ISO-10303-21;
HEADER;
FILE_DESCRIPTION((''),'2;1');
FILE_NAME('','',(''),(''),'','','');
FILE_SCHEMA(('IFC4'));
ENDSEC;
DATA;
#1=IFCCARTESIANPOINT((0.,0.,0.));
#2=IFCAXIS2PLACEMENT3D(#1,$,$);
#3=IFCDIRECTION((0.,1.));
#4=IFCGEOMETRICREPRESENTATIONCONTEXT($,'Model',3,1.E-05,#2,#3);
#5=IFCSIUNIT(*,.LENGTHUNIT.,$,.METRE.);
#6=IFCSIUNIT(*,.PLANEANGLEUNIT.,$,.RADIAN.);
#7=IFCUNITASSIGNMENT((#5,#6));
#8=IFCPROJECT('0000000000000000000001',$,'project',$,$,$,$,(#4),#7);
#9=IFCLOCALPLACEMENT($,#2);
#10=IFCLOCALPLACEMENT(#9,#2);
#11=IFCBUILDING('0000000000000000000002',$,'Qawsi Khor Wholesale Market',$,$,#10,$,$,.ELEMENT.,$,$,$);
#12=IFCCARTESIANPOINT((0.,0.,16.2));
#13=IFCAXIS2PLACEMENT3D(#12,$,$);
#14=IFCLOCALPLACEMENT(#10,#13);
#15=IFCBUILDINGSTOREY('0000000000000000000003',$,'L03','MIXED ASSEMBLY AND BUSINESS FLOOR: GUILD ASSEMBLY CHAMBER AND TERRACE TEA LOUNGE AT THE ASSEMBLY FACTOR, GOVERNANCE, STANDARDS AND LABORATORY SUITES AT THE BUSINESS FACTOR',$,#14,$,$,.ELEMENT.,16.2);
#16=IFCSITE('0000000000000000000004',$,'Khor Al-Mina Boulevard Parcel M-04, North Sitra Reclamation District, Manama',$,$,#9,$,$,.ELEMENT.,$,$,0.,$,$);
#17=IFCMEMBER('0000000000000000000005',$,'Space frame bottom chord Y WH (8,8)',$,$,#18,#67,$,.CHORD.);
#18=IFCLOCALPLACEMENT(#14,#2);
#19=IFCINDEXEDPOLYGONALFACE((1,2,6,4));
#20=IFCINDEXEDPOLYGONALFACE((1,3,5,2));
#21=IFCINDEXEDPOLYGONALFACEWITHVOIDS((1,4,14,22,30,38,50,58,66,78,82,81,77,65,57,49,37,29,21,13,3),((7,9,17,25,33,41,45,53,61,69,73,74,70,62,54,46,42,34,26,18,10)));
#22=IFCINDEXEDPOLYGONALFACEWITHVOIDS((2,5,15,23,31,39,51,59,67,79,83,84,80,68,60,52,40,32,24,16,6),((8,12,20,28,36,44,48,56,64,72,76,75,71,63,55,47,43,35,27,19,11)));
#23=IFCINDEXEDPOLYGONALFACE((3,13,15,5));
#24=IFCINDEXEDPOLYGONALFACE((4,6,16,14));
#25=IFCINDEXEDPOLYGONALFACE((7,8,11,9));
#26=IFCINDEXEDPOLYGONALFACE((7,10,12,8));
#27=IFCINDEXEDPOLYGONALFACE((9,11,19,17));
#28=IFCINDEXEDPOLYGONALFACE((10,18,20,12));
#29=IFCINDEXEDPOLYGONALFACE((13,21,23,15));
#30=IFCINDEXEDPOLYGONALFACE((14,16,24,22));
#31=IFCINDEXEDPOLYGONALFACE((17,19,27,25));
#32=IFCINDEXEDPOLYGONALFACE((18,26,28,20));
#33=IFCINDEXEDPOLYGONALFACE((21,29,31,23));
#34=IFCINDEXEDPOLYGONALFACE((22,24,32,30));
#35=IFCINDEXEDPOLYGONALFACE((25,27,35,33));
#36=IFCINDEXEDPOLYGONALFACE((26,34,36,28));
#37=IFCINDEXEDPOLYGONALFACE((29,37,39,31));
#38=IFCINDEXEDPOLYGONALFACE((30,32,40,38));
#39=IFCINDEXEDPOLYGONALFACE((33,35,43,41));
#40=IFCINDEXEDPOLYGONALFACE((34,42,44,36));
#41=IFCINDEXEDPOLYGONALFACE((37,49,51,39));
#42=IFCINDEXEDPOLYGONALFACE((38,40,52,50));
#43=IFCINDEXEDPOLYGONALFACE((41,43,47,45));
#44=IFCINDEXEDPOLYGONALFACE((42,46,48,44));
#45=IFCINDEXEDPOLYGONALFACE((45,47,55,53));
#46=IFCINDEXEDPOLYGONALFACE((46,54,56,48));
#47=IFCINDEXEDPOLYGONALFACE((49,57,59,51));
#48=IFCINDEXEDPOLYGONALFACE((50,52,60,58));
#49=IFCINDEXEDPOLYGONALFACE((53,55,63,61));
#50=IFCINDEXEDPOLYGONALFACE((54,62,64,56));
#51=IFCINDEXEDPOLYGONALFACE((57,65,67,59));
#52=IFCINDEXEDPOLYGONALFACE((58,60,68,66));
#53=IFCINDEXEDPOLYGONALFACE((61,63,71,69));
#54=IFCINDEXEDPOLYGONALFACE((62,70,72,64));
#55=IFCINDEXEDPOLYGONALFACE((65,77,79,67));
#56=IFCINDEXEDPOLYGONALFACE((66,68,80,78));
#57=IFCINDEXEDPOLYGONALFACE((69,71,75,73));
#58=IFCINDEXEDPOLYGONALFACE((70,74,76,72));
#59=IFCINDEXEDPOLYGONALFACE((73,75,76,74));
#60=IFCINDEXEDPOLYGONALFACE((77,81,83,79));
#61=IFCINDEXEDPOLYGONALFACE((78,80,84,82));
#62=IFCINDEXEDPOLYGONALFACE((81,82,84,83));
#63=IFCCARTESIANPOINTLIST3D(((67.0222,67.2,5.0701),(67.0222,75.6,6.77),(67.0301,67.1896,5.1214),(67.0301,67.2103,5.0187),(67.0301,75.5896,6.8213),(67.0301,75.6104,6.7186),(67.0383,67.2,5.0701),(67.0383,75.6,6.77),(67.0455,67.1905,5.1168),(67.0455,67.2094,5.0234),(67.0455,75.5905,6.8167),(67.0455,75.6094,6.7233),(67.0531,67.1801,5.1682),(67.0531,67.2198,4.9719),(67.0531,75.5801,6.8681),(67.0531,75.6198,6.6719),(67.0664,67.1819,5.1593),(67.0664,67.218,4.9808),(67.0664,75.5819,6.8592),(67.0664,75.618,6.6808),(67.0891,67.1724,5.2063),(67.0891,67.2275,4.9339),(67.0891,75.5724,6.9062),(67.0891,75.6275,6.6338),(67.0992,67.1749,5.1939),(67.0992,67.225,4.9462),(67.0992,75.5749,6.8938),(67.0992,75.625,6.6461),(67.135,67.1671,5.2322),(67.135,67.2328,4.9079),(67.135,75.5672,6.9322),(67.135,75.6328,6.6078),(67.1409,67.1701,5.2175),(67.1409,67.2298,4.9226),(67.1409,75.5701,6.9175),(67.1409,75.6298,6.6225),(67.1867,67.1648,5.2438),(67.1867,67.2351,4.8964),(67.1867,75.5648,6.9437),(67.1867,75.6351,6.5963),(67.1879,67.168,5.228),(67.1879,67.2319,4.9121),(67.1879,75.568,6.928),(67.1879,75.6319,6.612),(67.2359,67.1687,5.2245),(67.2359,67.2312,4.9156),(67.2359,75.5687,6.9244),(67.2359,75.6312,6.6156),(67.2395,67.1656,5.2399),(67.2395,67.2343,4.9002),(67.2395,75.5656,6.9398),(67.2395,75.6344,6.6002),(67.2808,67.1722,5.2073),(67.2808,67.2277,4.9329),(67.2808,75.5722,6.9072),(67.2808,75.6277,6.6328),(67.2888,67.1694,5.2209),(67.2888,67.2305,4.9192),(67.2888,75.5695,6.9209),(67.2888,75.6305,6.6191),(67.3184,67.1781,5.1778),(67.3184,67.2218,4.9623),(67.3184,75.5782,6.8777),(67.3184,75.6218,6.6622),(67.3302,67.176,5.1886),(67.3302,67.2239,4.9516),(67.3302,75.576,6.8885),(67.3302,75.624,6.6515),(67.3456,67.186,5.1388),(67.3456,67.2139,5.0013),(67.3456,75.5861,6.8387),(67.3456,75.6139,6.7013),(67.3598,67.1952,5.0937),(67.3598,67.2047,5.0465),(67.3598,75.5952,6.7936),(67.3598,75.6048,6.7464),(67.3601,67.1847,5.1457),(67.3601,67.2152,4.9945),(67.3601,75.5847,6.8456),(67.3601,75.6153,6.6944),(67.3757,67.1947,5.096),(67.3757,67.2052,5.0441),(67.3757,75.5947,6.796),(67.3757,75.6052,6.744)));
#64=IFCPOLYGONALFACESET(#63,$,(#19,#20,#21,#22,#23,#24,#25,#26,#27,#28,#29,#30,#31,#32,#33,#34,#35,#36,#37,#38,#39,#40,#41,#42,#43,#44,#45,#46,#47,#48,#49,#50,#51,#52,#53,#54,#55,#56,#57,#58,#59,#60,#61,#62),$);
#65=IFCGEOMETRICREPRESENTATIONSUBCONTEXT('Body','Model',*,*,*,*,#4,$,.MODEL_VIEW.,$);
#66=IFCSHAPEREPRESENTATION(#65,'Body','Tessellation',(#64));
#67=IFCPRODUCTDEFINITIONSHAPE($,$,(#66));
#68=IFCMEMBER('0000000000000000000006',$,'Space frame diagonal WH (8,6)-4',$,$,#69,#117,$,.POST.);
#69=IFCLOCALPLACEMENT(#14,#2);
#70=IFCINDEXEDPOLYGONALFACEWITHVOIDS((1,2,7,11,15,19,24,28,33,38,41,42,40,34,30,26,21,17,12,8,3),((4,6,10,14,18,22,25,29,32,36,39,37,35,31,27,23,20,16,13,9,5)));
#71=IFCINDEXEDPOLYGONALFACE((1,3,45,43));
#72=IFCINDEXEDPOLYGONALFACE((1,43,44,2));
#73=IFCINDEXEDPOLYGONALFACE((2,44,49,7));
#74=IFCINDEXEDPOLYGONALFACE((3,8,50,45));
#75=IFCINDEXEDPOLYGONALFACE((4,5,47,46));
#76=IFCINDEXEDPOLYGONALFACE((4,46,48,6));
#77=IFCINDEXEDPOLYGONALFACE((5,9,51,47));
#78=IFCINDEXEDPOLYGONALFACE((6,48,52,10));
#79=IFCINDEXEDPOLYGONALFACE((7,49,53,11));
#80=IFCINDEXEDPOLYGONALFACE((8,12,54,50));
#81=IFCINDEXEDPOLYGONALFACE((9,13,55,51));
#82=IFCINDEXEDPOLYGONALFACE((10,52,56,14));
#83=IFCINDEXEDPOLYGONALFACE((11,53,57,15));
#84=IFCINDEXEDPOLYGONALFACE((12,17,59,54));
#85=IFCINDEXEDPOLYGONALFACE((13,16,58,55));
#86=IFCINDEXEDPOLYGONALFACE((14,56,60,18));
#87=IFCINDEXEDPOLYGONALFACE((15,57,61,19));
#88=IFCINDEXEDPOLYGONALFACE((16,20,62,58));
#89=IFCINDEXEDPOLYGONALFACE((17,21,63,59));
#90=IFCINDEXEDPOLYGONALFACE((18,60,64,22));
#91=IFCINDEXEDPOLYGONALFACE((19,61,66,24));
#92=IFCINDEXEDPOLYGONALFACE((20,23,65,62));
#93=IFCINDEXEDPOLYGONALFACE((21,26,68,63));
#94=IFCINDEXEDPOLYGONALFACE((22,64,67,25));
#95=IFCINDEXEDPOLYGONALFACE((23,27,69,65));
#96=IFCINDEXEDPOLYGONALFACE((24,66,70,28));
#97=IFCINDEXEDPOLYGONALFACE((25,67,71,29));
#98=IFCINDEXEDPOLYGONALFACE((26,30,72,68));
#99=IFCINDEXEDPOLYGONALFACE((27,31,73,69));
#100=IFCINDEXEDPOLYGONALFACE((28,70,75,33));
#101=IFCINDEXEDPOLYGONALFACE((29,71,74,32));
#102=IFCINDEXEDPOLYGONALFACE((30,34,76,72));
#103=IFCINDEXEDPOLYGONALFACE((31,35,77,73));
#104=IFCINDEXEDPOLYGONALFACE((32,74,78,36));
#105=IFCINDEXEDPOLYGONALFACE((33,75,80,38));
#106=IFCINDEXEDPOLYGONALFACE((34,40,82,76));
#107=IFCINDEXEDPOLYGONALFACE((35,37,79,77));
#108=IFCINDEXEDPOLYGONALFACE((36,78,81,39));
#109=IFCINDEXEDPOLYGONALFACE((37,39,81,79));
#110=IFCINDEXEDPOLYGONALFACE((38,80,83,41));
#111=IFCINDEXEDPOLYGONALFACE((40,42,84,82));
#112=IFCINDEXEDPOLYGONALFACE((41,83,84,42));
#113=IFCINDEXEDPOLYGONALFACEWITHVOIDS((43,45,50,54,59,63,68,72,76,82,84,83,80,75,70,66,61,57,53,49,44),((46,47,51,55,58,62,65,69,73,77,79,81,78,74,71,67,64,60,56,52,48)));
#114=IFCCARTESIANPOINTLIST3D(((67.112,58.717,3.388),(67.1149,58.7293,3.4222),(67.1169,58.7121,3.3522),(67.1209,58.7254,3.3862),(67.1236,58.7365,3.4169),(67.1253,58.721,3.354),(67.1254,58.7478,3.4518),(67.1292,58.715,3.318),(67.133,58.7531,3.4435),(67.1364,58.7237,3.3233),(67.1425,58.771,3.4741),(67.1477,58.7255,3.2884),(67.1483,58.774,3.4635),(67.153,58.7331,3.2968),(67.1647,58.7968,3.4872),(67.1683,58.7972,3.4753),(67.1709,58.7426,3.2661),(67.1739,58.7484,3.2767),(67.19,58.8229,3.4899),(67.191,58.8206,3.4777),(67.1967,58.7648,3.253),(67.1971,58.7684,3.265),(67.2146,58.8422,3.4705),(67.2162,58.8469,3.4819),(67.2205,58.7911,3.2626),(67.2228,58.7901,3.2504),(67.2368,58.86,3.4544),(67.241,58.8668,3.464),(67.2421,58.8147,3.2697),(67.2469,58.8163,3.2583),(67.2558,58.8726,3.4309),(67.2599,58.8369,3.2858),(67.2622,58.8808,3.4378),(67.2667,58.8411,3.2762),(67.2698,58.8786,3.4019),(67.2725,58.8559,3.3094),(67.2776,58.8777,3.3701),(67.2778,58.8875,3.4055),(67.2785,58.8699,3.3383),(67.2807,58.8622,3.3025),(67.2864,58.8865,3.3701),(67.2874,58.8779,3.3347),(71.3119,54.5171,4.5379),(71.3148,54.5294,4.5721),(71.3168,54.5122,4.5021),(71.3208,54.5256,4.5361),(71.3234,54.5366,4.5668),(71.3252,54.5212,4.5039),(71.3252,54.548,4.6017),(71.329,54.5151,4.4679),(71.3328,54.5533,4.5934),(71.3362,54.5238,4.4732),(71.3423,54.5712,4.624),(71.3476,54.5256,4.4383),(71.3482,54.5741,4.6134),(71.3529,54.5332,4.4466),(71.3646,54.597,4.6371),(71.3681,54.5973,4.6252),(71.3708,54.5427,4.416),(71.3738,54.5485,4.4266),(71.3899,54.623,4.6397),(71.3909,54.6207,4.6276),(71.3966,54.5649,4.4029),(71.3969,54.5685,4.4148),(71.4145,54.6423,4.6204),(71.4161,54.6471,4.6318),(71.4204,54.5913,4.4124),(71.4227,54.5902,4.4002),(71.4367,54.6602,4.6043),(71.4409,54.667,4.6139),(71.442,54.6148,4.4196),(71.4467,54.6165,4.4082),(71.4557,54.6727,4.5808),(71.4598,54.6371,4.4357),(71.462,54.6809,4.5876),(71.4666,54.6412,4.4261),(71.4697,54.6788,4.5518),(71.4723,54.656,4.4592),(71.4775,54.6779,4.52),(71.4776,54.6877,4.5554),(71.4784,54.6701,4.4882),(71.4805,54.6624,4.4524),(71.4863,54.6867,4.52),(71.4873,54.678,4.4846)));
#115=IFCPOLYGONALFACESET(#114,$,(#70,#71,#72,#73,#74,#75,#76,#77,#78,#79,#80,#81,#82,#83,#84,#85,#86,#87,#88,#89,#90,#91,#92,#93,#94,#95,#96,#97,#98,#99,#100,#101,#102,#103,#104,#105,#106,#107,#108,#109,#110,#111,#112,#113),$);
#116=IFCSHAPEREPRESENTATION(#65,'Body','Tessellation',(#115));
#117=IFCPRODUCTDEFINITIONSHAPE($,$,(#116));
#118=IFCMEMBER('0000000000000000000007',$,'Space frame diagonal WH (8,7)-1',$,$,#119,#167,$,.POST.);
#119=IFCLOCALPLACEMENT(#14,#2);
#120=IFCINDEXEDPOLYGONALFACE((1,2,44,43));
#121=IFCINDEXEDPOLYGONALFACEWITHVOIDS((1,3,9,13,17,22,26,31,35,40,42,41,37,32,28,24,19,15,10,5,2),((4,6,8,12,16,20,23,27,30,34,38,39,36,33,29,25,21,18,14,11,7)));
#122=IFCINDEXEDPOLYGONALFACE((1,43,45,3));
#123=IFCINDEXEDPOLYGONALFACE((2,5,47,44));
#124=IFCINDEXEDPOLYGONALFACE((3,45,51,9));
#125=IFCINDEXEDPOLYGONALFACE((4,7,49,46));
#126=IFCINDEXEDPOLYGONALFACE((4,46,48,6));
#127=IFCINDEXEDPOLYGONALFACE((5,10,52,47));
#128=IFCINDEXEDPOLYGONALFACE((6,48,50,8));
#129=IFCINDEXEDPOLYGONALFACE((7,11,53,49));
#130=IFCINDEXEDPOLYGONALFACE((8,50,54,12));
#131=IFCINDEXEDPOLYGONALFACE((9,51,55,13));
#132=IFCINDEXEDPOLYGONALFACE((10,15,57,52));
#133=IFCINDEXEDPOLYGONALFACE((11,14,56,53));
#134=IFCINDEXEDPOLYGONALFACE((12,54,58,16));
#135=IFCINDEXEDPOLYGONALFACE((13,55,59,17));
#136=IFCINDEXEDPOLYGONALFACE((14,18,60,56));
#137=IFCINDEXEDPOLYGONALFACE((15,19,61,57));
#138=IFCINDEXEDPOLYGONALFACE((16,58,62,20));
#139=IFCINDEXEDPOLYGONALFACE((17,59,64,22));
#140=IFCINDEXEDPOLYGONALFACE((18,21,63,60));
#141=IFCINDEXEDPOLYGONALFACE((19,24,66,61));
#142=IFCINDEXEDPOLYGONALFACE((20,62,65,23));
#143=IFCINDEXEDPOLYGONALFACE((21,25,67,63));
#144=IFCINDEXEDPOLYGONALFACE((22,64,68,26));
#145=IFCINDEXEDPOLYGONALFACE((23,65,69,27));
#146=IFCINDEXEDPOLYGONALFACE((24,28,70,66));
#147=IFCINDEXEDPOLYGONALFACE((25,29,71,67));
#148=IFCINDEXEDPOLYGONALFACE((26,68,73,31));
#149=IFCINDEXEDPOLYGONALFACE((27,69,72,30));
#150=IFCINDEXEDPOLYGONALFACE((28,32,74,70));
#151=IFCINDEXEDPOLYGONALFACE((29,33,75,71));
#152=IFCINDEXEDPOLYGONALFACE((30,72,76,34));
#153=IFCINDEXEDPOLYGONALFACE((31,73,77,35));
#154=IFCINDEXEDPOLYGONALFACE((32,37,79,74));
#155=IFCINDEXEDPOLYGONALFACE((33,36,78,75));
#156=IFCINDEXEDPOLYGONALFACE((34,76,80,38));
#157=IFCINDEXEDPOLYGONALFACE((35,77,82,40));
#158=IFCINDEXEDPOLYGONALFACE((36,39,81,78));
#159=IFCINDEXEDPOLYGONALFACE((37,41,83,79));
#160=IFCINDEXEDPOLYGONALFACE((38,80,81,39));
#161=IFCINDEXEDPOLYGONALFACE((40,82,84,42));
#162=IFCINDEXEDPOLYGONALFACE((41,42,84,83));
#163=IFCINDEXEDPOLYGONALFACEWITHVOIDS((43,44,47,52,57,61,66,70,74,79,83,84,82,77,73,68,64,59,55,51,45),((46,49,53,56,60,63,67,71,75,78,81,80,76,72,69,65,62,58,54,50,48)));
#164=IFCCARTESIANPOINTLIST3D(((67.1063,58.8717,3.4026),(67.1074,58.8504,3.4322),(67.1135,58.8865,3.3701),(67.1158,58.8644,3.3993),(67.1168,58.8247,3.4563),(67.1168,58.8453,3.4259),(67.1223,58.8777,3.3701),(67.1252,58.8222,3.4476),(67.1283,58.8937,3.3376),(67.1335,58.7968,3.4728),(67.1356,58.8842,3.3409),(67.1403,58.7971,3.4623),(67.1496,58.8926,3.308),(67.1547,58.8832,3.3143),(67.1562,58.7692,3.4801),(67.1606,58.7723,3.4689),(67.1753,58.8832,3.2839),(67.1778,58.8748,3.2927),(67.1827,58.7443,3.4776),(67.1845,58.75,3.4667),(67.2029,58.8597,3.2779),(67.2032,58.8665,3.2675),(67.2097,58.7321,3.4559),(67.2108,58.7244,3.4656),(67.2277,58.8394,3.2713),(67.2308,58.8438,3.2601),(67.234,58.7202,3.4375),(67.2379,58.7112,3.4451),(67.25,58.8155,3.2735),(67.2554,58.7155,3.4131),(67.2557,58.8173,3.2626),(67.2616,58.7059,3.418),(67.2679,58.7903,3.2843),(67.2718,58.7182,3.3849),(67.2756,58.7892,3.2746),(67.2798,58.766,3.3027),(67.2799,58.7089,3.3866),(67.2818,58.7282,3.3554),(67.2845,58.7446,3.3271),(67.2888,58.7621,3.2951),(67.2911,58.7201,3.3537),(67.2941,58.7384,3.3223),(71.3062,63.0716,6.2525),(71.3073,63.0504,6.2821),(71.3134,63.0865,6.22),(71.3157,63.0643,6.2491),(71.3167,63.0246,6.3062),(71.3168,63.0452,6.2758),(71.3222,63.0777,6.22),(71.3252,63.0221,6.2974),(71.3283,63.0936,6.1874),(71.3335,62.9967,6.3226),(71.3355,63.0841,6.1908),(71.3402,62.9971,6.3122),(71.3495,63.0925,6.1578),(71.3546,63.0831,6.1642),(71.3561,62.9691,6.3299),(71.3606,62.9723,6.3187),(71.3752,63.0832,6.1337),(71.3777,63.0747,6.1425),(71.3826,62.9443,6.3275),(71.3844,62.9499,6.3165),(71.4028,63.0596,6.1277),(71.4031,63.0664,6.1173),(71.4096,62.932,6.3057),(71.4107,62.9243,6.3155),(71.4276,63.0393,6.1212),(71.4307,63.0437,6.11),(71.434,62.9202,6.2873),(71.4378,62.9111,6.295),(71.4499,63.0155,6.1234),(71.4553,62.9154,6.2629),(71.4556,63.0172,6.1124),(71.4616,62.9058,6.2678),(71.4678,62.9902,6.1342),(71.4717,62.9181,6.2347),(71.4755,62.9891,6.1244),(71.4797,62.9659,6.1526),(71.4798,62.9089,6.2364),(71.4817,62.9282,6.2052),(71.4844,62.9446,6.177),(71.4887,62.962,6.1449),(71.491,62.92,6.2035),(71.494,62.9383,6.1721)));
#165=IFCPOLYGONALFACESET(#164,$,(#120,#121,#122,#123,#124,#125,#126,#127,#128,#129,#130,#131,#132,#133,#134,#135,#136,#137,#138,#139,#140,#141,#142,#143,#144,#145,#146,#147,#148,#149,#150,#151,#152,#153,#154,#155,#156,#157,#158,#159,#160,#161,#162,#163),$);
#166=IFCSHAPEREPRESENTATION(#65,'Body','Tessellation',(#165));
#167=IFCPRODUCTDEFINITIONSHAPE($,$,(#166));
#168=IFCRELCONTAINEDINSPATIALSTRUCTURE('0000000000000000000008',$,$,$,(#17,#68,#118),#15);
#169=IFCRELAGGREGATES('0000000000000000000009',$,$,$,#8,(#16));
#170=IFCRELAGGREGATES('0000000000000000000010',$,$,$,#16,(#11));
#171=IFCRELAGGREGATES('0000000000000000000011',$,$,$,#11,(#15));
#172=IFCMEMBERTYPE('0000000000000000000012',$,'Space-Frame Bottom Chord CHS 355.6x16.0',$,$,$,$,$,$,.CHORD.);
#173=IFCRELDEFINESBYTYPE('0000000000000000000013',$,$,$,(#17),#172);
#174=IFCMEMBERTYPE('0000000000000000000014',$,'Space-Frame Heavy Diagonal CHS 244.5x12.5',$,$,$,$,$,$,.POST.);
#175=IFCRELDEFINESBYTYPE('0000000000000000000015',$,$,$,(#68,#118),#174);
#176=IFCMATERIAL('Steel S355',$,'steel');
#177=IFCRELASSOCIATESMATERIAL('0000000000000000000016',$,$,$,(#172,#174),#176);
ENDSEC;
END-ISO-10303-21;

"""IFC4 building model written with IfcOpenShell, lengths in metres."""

from ifc_helpers import new_model, si_unit, direction, frame, origin, origin_2d, place, context, subcontext, project, spatial, hollow_circle, extrude, material, material_profile, profile_set, type_object, element, save


model = new_model("IFC4")

# Units and contexts
model_context = context("Model", 3, precision=1e-05, world=origin(), true_north=direction((0.0, 1.0)))
body_context = subcontext(model_context, "Body", "Model", "MODEL_VIEW")
ifc_project = project(units=[si_unit("LENGTHUNIT", "METRE"), si_unit("PLANEANGLEUNIT", "RADIAN")], contexts=[model_context])

# Site, building, storey
site_placement = place(None, origin())
site = spatial("IfcSite", under=ifc_project, at=site_placement, Name="Khor Al-Mina Boulevard Parcel M-04, North Sitra Reclamation District, Manama", CompositionType="ELEMENT", RefElevation=0.0)
building_placement = place(site_placement, origin())
building = spatial("IfcBuilding", under=site, at=building_placement, Name="Qawsi Khor Wholesale Market", CompositionType="ELEMENT")
storey_placement = place(building_placement, frame((0.0, 0.0, 16.2)))
storey = spatial("IfcBuildingStorey", under=building, at=storey_placement, Name="L03", Description="MIXED ASSEMBLY AND BUSINESS FLOOR: GUILD ASSEMBLY CHAMBER AND TERRACE TEA LOUNGE AT THE ASSEMBLY FACTOR, GOVERNANCE, STANDARDS AND LABORATORY SUITES AT THE BUSINESS FACTOR", CompositionType="ELEMENT", Elevation=16.2)

# Members
ifc_material_1 = material(Name="Steel S355", Category="steel")
ifc_material_profile_1 = material_profile(ifc_material_1, hollow_circle(Radius=0.1777, WallThickness=0.0161, at=origin_2d()), Name="CHS 355.6x16.0")
ifc_profile_set_1 = profile_set([ifc_material_profile_1], Name="Steel S355")
member_type_1 = type_object("IfcMemberType", Name="Space-Frame Bottom Chord CHS 355.6x16.0", PredefinedType="CHORD", material=ifc_profile_set_1)
for number, where, z_axis, x_axis, name in (
    (1, (67.2, 67.2, 5.0701), (0.0, 0.980131, 0.198351), (-1.0, 0.0, 0.0), "Space frame bottom chord Y WH (8,8)"),
):
    element("IfcMember", number, at=place(storey_placement, frame(where, z_axis=z_axis, x_axis=x_axis)), inside=storey, type_object=member_type_1, Name=name, PredefinedType="CHORD", context=body_context, shape_type="SweptSolid", body=[
        extrude(hollow_circle(Radius=0.1777, WallThickness=0.0161, at=origin_2d()), origin(), (0.0, 0.0, 1.0), 8.5703),
    ])
ifc_material_profile_2 = material_profile(ifc_material_1, hollow_circle(Radius=0.1223, WallThickness=0.0125, at=origin_2d()), Name="CHS 244.5x12.5")
ifc_profile_set_2 = profile_set([ifc_material_profile_2], Name="Steel S355")
member_type_2 = type_object("IfcMemberType", Name="Space-Frame Heavy Diagonal CHS 244.5x12.5", PredefinedType="POST", material=ifc_profile_set_2)
member_1_placement = place(storey_placement, frame((67.2, 58.8, 3.3701), z_axis=(0.694217, -0.694217, 0.190069), x_axis=(0.707107, 0.707107, 0.0)))
element("IfcMember", 2, at=member_1_placement, inside=storey, type_object=member_type_2, Name="Space frame diagonal WH (8,6)-4", PredefinedType="POST", context=body_context, shape_type="SweptSolid", body=[
    extrude(hollow_circle(Radius=0.1223, WallThickness=0.0125, at=origin_2d()), origin(), (0.0, 0.0, 1.0), 6.0498),
])
member_2_placement = place(storey_placement, frame((67.2, 58.8, 3.3701), z_axis=(0.637522, 0.637522, 0.432587), x_axis=(-0.707107, 0.707107, 0.0)))
element("IfcMember", 3, at=member_2_placement, inside=storey, type_object=member_type_2, Name="Space frame diagonal WH (8,7)-1", PredefinedType="POST", context=body_context, shape_type="SweptSolid", body=[
    extrude(hollow_circle(Radius=0.1223, WallThickness=0.0125, at=origin_2d()), origin(), (0.0, 0.0, 1.0), 6.5879),
])

save(model, "model.ifc")
